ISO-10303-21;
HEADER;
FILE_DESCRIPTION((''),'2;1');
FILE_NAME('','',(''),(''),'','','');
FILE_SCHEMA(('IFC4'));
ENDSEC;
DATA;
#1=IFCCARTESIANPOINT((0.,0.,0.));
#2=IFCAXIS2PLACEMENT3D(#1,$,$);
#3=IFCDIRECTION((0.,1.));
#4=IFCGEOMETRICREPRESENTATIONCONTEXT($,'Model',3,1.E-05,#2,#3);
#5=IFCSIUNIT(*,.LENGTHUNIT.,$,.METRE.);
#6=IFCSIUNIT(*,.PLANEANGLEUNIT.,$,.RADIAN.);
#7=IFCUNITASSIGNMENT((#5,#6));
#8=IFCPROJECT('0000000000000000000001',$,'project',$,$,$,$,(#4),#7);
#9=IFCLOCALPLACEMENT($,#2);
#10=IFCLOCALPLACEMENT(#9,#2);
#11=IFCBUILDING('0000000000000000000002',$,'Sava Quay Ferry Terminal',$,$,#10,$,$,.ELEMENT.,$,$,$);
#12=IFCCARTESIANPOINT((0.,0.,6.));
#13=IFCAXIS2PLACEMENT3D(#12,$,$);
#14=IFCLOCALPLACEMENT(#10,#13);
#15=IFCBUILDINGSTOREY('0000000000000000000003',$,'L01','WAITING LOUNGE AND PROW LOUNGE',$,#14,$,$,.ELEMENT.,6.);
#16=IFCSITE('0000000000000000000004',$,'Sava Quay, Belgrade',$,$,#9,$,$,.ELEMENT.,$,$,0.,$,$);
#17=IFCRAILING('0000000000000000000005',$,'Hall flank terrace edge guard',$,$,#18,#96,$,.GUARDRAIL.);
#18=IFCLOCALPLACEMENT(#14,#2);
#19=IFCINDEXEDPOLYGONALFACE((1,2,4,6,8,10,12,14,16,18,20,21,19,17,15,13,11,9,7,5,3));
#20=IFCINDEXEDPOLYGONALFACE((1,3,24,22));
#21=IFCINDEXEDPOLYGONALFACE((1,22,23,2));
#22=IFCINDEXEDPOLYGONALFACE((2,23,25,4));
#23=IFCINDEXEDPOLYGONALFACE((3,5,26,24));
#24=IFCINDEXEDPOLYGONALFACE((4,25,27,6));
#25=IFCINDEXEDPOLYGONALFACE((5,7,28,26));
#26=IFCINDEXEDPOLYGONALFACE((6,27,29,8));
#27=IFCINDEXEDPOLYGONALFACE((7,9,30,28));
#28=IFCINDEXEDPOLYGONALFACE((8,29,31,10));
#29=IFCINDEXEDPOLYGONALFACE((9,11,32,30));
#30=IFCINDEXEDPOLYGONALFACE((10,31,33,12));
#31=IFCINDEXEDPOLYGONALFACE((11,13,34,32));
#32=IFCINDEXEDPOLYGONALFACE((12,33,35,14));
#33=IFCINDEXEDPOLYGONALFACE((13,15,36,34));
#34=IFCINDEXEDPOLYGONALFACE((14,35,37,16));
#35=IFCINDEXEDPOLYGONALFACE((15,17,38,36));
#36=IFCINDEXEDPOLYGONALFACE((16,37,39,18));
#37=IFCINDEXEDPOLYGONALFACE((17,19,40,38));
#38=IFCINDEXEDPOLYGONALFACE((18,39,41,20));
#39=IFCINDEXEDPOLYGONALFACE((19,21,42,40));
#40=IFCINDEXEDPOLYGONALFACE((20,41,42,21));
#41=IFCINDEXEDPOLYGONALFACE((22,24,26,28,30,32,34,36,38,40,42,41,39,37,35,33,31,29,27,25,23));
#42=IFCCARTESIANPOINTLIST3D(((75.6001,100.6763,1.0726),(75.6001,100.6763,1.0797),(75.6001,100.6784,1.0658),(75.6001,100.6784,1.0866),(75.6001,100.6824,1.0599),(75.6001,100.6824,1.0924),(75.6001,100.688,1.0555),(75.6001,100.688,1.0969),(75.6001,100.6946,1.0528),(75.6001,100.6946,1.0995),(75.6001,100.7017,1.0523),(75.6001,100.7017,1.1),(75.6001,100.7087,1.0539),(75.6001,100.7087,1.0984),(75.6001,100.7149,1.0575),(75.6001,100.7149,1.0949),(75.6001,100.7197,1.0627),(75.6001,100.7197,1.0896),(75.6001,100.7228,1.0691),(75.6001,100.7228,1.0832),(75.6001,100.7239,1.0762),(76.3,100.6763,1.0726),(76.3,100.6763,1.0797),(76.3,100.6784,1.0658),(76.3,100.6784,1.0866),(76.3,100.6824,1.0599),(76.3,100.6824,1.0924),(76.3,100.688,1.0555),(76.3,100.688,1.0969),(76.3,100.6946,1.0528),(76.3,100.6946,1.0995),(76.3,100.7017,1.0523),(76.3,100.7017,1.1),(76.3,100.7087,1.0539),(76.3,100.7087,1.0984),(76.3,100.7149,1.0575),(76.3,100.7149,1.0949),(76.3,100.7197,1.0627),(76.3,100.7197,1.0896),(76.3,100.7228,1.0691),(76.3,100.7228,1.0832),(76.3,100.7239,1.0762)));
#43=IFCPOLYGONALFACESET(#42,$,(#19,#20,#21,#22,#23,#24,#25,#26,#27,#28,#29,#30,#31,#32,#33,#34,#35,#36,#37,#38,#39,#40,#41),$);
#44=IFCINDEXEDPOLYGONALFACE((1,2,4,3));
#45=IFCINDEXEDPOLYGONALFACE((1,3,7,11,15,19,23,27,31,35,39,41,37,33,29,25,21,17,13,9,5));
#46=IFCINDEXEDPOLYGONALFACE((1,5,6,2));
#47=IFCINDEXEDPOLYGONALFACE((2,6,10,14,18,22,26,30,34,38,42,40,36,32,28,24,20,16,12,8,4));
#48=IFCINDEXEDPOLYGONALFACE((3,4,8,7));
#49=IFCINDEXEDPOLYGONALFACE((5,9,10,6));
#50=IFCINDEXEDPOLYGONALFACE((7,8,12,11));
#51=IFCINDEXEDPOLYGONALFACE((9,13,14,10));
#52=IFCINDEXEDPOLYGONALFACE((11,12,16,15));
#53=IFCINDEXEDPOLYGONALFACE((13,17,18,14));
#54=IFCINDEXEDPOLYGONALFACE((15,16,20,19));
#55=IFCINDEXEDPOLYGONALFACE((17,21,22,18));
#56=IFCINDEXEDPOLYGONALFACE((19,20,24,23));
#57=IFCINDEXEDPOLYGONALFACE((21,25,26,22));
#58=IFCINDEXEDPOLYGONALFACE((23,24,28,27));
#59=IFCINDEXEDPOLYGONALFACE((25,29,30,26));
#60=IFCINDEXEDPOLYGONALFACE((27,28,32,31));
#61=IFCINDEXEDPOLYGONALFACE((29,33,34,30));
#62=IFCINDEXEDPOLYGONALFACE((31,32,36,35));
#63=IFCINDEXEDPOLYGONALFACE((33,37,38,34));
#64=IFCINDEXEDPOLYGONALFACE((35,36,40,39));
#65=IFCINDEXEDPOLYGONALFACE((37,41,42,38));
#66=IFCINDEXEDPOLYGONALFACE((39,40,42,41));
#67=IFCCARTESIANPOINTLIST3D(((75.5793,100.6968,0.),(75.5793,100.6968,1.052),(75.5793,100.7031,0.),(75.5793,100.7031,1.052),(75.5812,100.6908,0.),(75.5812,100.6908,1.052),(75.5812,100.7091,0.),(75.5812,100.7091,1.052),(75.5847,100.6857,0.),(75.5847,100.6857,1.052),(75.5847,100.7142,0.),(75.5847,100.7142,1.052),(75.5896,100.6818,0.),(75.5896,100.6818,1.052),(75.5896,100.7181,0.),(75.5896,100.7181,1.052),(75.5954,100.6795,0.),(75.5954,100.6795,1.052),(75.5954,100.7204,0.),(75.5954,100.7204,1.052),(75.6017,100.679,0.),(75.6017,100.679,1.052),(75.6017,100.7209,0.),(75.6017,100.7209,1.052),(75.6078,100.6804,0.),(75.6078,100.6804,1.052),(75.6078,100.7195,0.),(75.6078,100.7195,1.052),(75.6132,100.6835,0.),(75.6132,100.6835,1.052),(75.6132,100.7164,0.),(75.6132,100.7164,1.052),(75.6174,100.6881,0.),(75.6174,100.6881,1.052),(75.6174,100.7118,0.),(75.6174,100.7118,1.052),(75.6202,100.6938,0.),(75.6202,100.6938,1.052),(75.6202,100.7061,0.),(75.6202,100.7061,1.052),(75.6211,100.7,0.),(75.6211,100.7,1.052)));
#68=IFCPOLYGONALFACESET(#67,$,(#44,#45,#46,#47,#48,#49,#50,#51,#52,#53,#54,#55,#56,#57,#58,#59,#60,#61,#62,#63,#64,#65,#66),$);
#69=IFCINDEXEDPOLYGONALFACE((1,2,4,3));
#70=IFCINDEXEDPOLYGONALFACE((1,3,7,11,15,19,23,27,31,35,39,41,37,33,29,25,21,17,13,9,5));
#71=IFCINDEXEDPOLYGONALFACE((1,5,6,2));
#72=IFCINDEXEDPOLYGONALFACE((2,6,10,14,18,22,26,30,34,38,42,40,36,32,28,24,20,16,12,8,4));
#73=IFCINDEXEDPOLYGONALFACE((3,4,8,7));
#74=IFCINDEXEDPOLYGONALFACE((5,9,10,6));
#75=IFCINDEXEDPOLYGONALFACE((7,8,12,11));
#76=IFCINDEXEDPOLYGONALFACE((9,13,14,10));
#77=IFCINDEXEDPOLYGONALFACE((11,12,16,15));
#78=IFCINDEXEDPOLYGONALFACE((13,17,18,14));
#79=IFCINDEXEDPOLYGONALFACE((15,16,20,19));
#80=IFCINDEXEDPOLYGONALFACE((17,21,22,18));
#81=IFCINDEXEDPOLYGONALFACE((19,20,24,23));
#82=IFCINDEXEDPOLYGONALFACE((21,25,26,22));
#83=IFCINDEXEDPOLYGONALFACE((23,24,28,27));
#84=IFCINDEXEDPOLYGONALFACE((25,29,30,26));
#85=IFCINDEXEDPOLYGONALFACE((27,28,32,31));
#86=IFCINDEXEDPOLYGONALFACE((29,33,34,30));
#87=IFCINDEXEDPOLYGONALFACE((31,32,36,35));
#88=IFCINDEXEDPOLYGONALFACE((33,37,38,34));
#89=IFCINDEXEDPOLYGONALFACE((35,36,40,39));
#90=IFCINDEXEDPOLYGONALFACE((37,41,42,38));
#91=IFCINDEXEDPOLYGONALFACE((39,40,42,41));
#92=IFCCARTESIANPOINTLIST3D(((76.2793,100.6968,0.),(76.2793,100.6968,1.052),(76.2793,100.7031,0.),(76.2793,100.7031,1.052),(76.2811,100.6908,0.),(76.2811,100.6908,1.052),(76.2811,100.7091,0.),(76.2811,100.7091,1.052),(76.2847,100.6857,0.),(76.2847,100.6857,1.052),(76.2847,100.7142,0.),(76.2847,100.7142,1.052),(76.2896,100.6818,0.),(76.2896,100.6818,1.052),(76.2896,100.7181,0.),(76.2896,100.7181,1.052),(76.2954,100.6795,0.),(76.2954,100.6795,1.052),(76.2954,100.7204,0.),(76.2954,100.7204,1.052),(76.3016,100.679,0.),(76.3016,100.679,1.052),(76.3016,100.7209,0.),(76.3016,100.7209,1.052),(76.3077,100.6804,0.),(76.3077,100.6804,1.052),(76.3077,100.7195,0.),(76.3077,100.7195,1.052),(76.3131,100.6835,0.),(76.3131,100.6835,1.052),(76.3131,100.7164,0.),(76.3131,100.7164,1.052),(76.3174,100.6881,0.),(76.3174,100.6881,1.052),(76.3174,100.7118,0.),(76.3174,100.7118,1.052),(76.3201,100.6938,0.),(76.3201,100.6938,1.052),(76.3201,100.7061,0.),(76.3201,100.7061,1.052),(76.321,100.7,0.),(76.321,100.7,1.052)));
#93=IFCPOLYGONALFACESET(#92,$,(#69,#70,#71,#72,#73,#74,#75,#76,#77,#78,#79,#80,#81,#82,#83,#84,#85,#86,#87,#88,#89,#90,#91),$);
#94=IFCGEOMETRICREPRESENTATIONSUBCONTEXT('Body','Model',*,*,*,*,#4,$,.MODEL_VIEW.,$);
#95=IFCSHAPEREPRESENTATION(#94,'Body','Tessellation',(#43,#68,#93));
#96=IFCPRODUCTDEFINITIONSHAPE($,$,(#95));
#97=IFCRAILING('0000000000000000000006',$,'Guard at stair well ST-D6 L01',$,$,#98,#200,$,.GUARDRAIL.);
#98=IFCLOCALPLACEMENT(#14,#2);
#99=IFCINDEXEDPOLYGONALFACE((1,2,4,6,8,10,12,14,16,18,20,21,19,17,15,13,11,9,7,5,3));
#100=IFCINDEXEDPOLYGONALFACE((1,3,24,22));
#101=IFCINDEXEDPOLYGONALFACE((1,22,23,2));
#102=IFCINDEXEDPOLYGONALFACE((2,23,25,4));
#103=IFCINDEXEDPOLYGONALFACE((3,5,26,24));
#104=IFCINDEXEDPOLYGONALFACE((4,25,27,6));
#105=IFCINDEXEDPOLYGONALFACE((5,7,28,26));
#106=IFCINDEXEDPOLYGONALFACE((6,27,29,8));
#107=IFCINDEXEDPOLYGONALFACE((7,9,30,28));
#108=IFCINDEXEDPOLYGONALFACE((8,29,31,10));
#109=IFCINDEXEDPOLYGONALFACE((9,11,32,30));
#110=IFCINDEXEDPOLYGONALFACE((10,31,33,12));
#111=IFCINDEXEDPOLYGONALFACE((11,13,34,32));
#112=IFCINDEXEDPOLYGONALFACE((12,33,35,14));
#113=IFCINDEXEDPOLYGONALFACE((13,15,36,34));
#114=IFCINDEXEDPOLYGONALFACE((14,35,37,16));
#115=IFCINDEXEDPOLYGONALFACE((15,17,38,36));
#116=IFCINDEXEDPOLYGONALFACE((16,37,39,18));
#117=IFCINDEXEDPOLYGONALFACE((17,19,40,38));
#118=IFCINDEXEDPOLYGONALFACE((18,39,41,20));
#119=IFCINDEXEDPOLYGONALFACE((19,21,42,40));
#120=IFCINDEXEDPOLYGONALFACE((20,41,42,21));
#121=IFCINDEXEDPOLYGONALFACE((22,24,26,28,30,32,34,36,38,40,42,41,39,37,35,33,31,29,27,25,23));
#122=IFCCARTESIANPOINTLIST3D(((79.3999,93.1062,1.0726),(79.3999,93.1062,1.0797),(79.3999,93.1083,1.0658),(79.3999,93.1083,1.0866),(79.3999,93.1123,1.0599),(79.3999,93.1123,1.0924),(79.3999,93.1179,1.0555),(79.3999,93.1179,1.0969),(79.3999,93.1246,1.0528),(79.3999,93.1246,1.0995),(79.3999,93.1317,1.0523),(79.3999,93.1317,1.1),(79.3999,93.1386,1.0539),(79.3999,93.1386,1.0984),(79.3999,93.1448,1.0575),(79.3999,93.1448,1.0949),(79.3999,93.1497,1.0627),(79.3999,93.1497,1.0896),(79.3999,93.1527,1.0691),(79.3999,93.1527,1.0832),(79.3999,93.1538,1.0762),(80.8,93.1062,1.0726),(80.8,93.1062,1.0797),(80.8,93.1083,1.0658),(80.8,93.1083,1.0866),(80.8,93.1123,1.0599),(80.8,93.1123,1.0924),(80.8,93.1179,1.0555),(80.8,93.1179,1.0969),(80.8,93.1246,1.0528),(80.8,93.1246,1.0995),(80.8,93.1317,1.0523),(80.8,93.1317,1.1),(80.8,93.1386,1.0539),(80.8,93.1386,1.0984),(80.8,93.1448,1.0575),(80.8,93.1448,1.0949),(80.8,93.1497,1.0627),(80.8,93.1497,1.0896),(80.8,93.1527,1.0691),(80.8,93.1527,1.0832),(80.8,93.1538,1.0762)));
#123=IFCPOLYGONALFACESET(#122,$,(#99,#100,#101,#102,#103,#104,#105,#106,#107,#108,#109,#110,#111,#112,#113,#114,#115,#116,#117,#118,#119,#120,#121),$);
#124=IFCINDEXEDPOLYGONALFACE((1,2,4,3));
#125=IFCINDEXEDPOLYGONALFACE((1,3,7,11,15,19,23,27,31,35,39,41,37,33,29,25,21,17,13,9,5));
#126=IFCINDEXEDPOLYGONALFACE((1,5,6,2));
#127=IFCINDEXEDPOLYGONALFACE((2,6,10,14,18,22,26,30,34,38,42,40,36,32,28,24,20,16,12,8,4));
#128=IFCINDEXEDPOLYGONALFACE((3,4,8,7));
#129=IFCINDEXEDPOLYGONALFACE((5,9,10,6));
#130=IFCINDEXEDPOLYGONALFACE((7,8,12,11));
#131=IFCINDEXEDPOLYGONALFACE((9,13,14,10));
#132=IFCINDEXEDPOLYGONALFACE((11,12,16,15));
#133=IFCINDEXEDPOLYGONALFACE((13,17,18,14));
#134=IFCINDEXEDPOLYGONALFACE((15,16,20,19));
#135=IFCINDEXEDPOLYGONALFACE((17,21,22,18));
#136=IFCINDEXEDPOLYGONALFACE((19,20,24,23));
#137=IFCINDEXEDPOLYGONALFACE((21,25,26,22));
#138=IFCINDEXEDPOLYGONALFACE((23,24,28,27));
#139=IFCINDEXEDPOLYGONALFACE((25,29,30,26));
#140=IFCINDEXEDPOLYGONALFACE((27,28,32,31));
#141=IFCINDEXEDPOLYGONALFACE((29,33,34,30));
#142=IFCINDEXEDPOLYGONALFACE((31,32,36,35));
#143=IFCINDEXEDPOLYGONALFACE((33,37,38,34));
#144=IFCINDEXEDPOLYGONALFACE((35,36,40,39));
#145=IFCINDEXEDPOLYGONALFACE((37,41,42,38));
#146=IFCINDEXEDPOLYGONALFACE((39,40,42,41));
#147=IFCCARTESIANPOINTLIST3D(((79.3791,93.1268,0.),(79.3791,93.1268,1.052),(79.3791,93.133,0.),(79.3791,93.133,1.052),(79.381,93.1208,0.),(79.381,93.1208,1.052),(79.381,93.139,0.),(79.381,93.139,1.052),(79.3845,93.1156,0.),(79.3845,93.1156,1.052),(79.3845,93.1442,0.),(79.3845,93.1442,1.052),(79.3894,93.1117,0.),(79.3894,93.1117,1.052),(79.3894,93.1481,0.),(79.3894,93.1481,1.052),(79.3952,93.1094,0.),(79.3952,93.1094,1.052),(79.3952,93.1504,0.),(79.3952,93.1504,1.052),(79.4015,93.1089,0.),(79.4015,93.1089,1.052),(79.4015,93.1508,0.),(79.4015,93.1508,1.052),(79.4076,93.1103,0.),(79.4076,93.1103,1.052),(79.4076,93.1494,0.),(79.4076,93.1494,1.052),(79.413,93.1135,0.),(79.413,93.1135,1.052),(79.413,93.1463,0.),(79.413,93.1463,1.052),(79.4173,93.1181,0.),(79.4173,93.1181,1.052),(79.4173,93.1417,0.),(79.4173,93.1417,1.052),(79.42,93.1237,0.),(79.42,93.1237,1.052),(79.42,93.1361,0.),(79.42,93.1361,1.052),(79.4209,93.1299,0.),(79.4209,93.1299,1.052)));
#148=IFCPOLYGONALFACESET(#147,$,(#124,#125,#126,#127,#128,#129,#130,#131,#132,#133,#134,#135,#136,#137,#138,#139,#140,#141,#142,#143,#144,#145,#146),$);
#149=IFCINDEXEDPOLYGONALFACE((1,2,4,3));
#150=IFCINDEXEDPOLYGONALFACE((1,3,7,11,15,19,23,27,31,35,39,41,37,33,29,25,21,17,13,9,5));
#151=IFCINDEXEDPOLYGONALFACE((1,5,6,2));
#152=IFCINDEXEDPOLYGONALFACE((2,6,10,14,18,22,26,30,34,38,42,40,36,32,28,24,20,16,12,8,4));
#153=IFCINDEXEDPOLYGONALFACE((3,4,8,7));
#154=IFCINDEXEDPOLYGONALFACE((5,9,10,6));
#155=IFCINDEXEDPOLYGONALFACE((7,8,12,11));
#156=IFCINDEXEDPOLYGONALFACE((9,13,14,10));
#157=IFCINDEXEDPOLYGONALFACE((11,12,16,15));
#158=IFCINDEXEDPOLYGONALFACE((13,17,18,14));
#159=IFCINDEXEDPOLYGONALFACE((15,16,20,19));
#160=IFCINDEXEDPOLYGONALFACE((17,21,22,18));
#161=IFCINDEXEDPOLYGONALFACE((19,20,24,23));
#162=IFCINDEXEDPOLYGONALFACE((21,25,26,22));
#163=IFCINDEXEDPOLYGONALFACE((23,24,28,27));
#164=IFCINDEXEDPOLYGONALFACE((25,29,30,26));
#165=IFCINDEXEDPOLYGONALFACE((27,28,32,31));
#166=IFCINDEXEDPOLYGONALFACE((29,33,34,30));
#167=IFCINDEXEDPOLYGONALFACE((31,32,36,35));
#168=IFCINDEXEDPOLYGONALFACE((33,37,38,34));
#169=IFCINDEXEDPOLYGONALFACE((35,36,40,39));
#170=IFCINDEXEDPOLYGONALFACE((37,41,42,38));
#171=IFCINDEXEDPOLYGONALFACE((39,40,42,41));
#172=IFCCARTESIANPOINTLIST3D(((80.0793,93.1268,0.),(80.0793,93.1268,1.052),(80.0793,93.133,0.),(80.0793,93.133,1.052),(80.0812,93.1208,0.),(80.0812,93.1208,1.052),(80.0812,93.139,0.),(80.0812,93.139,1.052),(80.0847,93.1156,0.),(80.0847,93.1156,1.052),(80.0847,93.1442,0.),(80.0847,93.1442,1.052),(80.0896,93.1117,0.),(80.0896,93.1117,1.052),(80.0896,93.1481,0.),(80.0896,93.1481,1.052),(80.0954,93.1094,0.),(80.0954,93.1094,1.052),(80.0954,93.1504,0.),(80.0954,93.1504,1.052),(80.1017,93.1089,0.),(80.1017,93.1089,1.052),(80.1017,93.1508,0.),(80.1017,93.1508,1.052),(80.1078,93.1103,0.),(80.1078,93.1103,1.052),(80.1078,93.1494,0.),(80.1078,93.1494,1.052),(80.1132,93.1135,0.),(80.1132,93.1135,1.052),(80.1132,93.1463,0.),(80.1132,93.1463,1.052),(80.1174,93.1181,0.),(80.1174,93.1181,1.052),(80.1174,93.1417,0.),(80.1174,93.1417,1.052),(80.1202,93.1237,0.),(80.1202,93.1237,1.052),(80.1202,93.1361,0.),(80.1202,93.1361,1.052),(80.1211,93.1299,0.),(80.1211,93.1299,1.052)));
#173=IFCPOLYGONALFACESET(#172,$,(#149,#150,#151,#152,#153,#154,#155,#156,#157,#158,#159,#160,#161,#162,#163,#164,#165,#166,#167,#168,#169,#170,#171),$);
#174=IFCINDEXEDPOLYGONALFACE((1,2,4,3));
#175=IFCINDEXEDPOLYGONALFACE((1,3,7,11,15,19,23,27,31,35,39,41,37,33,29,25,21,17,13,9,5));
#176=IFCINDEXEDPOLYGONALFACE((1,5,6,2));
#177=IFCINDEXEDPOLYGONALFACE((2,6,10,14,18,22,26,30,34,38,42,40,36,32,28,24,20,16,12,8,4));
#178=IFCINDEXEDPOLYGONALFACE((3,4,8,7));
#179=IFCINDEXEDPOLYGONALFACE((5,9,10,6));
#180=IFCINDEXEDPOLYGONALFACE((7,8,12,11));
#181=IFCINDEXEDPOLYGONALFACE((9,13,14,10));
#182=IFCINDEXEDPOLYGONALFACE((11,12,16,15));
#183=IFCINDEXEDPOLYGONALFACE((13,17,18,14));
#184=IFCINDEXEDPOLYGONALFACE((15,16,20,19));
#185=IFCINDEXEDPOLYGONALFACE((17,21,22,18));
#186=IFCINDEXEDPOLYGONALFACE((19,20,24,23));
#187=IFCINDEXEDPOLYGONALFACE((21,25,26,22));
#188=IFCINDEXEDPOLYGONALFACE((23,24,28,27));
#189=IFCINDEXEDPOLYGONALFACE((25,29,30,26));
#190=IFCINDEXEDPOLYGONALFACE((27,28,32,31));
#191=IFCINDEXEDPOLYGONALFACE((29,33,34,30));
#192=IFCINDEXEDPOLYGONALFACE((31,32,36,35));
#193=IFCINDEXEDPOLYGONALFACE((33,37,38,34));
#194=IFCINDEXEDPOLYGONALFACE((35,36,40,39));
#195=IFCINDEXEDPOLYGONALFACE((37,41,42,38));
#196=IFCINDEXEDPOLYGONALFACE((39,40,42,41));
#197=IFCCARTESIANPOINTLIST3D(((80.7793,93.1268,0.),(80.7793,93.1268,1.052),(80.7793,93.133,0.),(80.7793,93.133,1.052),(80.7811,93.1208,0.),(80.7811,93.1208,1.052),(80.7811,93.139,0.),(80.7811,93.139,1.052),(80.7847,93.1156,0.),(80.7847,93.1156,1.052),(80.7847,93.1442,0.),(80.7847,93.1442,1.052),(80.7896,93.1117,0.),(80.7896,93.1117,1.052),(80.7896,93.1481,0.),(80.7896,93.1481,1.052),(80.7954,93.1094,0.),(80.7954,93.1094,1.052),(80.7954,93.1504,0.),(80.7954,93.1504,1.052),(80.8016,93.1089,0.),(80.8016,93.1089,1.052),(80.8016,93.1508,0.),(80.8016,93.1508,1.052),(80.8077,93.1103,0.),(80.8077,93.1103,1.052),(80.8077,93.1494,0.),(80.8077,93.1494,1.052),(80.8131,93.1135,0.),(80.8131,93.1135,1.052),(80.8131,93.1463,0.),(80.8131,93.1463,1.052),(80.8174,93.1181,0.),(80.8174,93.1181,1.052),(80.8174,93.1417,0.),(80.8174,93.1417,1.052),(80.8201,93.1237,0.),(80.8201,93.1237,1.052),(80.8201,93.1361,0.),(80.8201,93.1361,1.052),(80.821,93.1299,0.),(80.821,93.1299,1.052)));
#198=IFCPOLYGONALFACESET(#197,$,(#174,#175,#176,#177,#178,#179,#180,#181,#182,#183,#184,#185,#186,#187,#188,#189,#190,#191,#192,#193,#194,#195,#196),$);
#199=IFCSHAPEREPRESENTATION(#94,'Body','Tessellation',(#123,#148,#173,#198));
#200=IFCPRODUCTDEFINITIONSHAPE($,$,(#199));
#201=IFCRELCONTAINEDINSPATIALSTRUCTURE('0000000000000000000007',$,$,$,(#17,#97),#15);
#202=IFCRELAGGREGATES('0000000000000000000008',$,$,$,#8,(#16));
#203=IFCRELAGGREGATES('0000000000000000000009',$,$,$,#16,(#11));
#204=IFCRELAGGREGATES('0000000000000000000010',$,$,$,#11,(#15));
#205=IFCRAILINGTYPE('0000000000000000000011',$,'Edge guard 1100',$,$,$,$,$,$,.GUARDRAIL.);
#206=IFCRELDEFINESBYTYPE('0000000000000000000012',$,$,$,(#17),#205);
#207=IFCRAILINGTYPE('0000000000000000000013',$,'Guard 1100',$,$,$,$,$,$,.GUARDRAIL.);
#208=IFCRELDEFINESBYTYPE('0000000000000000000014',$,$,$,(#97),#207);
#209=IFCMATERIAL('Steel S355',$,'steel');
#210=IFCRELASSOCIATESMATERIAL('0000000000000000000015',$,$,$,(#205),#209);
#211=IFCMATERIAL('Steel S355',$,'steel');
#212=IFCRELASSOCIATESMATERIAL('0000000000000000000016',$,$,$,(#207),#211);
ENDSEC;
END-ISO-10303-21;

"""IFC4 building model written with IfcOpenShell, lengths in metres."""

from ifc_helpers import new_model, si_unit, direction, frame, origin, origin_2d, place, context, subcontext, project, spatial, circle, extrude, material, type_object, element, save


model = new_model("IFC4")

# Units and contexts
model_context = context("Model", 3, precision=1e-05, world=origin(), true_north=direction((0.0, 1.0)))
body_context = subcontext(model_context, "Body", "Model", "MODEL_VIEW")
ifc_project = project(units=[si_unit("LENGTHUNIT", "METRE"), si_unit("PLANEANGLEUNIT", "RADIAN")], contexts=[model_context])

# Site, building, storey
site_placement = place(None, origin())
site = spatial("IfcSite", under=ifc_project, at=site_placement, Name="Sava Quay, Belgrade", CompositionType="ELEMENT", RefElevation=0.0)
building_placement = place(site_placement, origin())
building = spatial("IfcBuilding", under=site, at=building_placement, Name="Sava Quay Ferry Terminal", CompositionType="ELEMENT")
storey_placement = place(building_placement, frame((0.0, 0.0, 6.0)))
storey = spatial("IfcBuildingStorey", under=building, at=storey_placement, Name="L01", Description="WAITING LOUNGE AND PROW LOUNGE", CompositionType="ELEMENT", Elevation=6.0)

# Railings
ifc_material_1 = material(Name="Steel S355", Category="steel")
railing_type_1 = type_object("IfcRailingType", Name="Edge guard 1100", PredefinedType="GUARDRAIL", material=ifc_material_1)
railing_1_placement = place(storey_placement, frame((75.6001, 100.7, 0.0)))
element("IfcRailing", 1, at=railing_1_placement, inside=storey, type_object=railing_type_1, Name="Hall flank terrace edge guard", PredefinedType="GUARDRAIL", context=body_context, shape_type="SweptSolid", body=[
    extrude(circle(Radius=0.0239, at=origin_2d()), frame((0.0, 0.0, 1.0762), z_axis=(1.0, 0.0, 0.0), x_axis=(0.0, 1.0, 0.0)), (0.0, 0.0, 1.0), 0.7),
    extrude(circle(Radius=0.021, at=origin_2d()), origin(), (0.0, 0.0, 1.0), 1.052),
    extrude(circle(Radius=0.021, at=origin_2d()), frame((0.7, 0.0, 0.0)), (0.0, 0.0, 1.0), 1.052),
])
ifc_material_2 = material(Name="Steel S355", Category="steel")
railing_type_2 = type_object("IfcRailingType", Name="Guard 1100", PredefinedType="GUARDRAIL", material=ifc_material_2)
railing_2_placement = place(storey_placement, frame((79.3999, 93.1299, 0.0)))
element("IfcRailing", 2, at=railing_2_placement, inside=storey, type_object=railing_type_2, Name="Guard at stair well ST-D6 L01", PredefinedType="GUARDRAIL", context=body_context, shape_type="SweptSolid", body=[
    extrude(circle(Radius=0.0239, at=origin_2d()), frame((0.0, 0.0, 1.0762), z_axis=(1.0, 0.0, 0.0), x_axis=(0.0, 1.0, 0.0)), (0.0, 0.0, 1.0), 1.4001),
    extrude(circle(Radius=0.021, at=origin_2d()), origin(), (0.0, 0.0, 1.0), 1.052),
    extrude(circle(Radius=0.021, at=origin_2d()), frame((0.7002, 0.0, 0.0)), (0.0, 0.0, 1.0), 1.052),
    extrude(circle(Radius=0.021, at=origin_2d()), frame((1.4001, 0.0, 0.0)), (0.0, 0.0, 1.0), 1.052),
])

save(model, "model.ifc")
